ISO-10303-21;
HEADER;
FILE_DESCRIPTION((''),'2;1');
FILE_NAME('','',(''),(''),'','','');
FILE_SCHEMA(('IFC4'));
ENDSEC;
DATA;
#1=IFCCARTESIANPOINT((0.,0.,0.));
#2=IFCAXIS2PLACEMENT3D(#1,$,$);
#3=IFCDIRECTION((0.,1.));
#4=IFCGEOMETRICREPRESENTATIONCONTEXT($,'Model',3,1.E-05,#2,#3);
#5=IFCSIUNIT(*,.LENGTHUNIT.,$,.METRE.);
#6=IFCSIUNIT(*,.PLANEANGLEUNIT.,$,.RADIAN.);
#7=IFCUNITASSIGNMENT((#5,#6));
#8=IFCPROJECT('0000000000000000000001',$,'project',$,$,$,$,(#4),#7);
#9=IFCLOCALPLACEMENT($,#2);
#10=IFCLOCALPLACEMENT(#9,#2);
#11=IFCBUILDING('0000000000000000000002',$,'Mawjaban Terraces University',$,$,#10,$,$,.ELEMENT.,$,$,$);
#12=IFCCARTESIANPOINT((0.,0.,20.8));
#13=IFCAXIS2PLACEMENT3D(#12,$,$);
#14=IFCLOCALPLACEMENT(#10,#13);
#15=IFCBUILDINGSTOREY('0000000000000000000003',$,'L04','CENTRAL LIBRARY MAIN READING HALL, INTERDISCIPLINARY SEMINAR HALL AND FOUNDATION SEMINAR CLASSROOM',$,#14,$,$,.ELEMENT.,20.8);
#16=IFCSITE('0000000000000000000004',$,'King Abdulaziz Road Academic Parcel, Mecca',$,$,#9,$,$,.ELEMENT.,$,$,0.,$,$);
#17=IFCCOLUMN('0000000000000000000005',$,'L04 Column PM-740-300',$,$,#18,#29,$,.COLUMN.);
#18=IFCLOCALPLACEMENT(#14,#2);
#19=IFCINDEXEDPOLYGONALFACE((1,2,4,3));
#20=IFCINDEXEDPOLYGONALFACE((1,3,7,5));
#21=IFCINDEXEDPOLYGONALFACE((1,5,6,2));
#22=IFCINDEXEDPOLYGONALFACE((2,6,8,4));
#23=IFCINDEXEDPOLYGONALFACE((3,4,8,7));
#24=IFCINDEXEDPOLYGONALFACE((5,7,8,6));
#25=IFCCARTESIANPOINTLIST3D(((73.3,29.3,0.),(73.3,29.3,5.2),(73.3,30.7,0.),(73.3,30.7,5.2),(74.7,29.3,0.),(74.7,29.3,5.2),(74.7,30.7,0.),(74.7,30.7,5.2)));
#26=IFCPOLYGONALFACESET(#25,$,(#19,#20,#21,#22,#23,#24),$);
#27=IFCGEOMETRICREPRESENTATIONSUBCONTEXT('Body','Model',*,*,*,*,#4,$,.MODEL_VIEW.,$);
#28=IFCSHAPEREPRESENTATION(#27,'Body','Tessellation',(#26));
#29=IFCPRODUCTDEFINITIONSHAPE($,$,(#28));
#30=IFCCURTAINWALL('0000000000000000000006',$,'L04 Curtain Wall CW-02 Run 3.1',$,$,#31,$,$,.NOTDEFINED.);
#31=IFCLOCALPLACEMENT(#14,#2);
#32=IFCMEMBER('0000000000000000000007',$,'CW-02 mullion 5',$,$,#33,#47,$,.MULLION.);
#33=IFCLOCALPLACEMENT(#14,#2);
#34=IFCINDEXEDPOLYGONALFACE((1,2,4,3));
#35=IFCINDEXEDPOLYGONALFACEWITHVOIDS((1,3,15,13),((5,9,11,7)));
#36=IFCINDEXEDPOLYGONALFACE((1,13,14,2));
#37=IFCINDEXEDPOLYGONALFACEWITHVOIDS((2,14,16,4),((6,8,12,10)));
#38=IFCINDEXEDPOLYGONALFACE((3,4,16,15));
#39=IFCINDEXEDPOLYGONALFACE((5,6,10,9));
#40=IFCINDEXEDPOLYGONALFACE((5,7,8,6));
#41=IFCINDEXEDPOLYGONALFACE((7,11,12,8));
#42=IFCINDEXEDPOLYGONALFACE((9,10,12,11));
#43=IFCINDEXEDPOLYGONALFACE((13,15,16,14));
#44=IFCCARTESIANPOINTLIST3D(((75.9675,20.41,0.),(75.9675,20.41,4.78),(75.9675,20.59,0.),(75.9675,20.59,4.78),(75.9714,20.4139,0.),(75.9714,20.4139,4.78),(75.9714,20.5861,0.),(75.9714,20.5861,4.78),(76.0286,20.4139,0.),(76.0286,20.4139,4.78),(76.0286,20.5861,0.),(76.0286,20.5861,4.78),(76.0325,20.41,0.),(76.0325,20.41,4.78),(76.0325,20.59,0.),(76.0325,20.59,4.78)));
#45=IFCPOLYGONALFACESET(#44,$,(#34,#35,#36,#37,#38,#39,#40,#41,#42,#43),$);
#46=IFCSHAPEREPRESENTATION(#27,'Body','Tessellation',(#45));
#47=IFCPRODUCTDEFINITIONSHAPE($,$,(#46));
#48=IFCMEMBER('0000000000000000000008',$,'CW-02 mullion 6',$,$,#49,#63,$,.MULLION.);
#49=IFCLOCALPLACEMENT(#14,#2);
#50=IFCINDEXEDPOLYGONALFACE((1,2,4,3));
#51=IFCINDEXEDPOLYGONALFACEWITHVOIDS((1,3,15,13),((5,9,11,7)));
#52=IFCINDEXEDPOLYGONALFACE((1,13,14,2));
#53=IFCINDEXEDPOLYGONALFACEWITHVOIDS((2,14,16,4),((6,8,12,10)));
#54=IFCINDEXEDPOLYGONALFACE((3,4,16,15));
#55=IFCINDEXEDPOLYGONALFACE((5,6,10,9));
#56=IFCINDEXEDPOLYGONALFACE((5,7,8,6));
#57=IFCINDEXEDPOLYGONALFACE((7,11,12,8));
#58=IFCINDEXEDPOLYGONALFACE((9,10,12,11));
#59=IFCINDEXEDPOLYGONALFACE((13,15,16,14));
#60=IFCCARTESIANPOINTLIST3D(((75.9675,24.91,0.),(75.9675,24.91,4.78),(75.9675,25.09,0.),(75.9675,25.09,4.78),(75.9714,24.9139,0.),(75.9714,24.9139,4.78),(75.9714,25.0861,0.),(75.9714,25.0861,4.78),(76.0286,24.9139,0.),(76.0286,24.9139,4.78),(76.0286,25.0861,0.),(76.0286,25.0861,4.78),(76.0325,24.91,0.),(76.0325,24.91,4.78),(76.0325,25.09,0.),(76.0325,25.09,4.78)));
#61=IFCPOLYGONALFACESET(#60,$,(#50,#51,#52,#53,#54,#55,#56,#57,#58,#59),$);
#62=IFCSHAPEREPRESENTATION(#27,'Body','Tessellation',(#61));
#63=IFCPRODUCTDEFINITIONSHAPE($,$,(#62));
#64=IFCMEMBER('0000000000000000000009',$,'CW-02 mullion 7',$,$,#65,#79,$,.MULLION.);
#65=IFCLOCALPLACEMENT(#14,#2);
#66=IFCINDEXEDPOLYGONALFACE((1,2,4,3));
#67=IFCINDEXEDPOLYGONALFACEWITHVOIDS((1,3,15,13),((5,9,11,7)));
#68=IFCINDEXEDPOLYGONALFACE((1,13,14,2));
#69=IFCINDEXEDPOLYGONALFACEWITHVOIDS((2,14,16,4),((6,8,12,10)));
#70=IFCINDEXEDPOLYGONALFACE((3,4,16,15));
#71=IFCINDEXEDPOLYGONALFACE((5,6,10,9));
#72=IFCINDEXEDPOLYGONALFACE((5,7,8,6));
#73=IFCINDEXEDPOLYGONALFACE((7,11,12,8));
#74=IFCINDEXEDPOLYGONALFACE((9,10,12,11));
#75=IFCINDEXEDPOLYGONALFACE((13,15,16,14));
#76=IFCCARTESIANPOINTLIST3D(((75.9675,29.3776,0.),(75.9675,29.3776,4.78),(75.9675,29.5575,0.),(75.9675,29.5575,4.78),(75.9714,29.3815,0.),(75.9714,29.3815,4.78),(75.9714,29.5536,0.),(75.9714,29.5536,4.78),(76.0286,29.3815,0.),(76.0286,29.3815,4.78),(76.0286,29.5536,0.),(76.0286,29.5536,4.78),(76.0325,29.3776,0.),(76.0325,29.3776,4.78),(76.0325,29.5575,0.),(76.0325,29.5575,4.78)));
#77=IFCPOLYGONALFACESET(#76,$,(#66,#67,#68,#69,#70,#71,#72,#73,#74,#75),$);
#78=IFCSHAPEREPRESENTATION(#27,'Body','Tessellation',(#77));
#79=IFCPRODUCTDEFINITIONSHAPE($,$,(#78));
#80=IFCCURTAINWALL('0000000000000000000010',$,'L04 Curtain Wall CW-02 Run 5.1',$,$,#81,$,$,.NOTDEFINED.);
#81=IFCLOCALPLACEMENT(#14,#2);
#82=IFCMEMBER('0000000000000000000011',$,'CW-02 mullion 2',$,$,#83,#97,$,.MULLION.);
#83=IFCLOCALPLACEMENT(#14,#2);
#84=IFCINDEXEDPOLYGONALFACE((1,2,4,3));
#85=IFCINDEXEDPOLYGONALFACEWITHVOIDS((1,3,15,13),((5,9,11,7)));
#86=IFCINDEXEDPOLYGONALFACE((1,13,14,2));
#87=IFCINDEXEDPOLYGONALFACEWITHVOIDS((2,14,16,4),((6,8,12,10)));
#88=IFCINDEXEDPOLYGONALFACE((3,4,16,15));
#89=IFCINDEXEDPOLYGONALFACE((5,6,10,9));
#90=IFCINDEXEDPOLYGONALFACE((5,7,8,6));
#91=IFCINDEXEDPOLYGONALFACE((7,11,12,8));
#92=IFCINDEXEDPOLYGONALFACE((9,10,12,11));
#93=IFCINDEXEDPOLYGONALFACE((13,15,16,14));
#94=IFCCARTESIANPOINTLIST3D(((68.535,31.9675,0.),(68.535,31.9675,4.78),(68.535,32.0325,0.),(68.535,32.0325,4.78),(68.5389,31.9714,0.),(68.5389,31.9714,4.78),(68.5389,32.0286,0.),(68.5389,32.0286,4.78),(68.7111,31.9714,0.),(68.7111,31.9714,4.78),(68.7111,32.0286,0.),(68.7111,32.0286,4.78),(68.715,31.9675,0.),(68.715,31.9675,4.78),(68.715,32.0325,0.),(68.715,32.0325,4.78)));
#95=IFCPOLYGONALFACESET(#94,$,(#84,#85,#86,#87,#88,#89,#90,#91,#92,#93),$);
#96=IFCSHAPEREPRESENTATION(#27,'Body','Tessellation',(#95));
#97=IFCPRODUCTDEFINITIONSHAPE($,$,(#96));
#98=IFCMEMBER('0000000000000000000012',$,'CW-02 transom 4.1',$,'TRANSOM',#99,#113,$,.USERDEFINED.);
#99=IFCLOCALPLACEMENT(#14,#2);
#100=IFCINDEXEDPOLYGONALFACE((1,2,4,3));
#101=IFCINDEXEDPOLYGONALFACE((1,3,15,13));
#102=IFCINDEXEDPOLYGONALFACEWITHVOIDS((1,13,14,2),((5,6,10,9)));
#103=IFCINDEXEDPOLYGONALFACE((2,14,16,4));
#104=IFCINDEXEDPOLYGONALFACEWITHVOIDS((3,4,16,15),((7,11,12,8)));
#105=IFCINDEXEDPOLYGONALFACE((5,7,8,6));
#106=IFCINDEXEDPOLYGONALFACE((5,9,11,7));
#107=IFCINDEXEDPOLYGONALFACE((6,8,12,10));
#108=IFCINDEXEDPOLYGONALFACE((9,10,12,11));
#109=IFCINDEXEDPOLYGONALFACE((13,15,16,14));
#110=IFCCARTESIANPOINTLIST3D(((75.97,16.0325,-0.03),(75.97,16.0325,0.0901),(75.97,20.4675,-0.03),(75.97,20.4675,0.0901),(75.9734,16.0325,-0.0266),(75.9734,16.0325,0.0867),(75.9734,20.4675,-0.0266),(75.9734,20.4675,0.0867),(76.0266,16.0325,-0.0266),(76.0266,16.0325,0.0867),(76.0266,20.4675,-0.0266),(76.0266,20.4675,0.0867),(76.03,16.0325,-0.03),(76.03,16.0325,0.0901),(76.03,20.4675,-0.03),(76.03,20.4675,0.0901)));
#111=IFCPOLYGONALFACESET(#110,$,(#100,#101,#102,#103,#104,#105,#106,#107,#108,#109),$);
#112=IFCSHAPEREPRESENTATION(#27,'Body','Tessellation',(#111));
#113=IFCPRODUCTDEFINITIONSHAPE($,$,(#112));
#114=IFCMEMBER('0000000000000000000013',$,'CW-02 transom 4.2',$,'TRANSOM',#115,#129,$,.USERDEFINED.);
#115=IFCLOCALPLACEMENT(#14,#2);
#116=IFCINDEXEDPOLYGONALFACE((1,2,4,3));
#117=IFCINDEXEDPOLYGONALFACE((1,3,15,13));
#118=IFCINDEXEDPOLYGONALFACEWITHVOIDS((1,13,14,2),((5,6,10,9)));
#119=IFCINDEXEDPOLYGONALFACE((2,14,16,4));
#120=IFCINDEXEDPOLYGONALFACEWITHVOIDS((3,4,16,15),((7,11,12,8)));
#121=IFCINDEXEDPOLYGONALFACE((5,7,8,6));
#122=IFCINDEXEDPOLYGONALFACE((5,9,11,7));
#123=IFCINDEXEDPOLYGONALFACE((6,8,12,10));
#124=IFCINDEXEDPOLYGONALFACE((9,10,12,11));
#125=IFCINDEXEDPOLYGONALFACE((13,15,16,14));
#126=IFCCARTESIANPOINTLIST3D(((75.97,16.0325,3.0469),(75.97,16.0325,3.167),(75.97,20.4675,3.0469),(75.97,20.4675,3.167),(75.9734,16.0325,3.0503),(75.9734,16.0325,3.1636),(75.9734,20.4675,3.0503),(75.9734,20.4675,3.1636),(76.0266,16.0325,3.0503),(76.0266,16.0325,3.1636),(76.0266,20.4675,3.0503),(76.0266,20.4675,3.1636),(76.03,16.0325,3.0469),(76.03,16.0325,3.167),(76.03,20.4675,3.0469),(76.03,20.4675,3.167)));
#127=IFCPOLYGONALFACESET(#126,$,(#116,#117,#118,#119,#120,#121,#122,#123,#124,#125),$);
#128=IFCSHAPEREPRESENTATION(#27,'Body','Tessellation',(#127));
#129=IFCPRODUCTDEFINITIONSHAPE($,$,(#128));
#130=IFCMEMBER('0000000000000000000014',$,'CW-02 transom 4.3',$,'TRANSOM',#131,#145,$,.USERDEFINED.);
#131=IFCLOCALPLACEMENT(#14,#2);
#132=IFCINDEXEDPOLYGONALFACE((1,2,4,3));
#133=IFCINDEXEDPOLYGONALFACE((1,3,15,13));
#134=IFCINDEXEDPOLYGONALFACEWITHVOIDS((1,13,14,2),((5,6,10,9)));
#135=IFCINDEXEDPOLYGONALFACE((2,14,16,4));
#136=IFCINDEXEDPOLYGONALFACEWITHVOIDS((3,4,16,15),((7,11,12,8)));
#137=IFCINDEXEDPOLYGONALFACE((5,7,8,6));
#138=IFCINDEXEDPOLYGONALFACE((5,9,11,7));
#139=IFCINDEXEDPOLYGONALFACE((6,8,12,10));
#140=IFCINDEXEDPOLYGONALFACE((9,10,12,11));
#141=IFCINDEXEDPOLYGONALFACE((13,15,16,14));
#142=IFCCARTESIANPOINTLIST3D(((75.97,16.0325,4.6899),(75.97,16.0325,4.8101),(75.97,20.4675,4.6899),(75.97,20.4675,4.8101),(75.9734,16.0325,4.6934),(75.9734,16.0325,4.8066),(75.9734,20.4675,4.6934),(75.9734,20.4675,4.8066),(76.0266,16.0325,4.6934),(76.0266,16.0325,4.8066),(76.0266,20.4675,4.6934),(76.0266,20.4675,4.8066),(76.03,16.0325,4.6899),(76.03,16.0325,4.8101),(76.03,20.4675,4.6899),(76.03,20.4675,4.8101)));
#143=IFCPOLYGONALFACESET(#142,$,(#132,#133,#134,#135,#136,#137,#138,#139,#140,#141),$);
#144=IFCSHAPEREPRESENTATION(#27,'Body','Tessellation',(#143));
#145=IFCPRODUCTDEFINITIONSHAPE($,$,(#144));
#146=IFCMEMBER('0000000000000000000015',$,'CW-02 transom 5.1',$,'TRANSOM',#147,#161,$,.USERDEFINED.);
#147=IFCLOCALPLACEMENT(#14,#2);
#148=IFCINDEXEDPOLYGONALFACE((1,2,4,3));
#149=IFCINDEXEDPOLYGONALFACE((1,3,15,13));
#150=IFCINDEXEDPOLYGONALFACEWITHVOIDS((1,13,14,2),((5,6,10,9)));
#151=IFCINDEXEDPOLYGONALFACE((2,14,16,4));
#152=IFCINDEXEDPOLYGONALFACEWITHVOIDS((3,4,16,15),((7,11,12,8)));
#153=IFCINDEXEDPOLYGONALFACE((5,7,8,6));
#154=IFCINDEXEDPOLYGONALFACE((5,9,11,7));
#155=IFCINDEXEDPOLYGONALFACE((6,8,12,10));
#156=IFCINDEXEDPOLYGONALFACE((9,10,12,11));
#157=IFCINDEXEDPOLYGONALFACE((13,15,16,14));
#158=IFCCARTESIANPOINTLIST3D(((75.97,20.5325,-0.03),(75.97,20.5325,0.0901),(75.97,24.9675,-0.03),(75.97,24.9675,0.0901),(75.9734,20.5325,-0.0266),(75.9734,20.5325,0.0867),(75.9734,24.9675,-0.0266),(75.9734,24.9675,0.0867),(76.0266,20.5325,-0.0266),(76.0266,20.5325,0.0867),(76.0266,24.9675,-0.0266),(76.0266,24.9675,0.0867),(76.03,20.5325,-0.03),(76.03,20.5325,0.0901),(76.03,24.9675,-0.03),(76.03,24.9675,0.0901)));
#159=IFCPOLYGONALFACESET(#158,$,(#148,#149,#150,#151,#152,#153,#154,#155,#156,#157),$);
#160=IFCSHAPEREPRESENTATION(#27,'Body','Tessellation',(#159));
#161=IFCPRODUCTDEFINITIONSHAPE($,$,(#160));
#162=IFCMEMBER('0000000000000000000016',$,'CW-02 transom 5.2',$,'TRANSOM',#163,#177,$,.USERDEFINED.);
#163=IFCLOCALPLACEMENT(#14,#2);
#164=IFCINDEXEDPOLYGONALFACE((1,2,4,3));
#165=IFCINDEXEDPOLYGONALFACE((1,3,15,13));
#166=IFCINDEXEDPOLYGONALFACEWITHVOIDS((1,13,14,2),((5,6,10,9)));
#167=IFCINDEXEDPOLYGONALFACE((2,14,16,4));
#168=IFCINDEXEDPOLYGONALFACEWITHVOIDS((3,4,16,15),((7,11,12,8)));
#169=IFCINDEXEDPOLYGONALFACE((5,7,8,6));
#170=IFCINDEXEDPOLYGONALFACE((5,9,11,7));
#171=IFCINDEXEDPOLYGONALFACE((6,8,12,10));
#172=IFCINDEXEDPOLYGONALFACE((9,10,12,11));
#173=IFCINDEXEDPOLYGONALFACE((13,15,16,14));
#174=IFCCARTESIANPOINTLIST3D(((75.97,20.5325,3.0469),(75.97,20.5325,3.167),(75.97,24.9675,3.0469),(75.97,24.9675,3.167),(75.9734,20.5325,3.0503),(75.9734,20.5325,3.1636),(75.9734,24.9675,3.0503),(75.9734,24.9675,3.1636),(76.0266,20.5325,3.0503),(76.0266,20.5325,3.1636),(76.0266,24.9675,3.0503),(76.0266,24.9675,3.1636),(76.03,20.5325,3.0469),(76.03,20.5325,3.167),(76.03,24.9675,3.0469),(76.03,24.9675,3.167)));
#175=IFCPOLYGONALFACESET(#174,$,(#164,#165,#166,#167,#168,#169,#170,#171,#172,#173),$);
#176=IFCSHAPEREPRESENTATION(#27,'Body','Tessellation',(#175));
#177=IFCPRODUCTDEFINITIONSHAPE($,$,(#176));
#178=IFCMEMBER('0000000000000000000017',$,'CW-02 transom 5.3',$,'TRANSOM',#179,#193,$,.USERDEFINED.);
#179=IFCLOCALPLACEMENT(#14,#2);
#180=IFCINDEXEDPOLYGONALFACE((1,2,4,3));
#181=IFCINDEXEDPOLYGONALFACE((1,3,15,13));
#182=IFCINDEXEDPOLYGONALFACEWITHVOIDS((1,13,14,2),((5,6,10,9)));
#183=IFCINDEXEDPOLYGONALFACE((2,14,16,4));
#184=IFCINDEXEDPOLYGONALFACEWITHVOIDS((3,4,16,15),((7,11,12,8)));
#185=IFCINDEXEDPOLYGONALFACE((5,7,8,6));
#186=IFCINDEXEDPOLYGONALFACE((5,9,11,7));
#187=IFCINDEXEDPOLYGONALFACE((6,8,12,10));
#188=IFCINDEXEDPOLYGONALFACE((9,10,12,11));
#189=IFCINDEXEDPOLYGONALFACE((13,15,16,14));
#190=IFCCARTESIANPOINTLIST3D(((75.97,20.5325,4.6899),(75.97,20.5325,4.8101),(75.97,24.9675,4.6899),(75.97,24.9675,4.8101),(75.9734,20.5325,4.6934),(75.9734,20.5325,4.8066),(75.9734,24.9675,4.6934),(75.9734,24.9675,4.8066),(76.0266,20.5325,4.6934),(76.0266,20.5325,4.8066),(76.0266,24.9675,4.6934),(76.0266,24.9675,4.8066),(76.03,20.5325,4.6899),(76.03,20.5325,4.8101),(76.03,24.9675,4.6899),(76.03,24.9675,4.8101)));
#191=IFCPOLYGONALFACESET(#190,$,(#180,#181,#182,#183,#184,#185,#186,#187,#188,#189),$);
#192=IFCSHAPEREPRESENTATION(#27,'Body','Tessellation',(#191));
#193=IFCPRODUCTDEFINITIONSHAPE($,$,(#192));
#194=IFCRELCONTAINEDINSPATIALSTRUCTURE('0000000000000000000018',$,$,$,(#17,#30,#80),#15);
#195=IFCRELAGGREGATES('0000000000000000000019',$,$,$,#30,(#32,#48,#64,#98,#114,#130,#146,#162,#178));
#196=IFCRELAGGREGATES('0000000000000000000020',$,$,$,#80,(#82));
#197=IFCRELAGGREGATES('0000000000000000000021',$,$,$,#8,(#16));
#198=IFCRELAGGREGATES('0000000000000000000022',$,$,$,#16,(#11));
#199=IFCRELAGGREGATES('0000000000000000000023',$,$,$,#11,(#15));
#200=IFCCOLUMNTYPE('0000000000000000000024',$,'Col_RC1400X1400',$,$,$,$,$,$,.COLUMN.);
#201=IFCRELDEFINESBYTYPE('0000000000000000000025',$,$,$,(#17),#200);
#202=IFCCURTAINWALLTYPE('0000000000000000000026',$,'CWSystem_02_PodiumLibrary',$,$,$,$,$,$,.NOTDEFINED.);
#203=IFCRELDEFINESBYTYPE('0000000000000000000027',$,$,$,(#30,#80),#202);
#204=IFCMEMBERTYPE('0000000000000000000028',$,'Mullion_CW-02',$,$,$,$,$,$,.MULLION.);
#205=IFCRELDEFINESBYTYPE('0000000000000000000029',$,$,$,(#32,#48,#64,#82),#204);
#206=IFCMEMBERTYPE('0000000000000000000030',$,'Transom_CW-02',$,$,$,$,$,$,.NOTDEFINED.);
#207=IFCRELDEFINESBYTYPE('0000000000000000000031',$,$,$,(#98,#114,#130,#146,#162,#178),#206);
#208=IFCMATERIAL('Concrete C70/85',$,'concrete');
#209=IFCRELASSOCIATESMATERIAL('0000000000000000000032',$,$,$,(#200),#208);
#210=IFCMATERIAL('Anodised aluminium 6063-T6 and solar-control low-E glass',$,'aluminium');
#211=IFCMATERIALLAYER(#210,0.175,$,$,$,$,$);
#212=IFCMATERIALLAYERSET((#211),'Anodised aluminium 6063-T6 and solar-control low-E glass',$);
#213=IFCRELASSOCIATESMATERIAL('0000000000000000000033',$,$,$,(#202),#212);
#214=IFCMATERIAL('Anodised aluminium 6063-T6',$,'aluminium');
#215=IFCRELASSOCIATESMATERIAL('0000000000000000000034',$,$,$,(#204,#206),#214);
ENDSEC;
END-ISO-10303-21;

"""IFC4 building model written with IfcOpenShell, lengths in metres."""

from ifc_helpers import new_model, si_unit, direction, frame, origin, origin_2d, place, context, subcontext, project, spatial, rectangle, hollow_rectangle, extrude, material, layer, layer_set, material_profile, profile_set, type_object, element, aggregate, save


model = new_model("IFC4")

# Units and contexts
model_context = context("Model", 3, precision=1e-05, world=origin(), true_north=direction((0.0, 1.0)))
body_context = subcontext(model_context, "Body", "Model", "MODEL_VIEW")
ifc_project = project(units=[si_unit("LENGTHUNIT", "METRE"), si_unit("PLANEANGLEUNIT", "RADIAN")], contexts=[model_context])

# Site, building, storey
site_placement = place(None, origin())
site = spatial("IfcSite", under=ifc_project, at=site_placement, Name="King Abdulaziz Road Academic Parcel, Mecca", CompositionType="ELEMENT", RefElevation=0.0)
building_placement = place(site_placement, origin())
building = spatial("IfcBuilding", under=site, at=building_placement, Name="Mawjaban Terraces University", CompositionType="ELEMENT")
storey_placement = place(building_placement, frame((0.0, 0.0, 20.8)))
storey = spatial("IfcBuildingStorey", under=building, at=storey_placement, Name="L04", Description="CENTRAL LIBRARY MAIN READING HALL, INTERDISCIPLINARY SEMINAR HALL AND FOUNDATION SEMINAR CLASSROOM", CompositionType="ELEMENT", Elevation=20.8)

# Column
ifc_material_1 = material(Name="Concrete C70/85", Category="concrete")
ifc_material_profile_1 = material_profile(ifc_material_1, rectangle(XDim=1.3999, YDim=1.3999, at=origin_2d()), Name="RC1400X1400")
ifc_profile_set_1 = profile_set([ifc_material_profile_1], Name="Concrete C70/85")
column_type = type_object("IfcColumnType", Name="Col_RC1400X1400", PredefinedType="COLUMN", material=ifc_profile_set_1)
column_placement = place(storey_placement, frame((74.0, 30.0, 0.0), z_axis=(0.0, 0.0, 1.0), x_axis=(1.0, 0.0, 0.0)))
element("IfcColumn", 1, at=column_placement, inside=storey, type_object=column_type, Name="L04 Column PM-740-300", PredefinedType="COLUMN", context=body_context, shape_type="SweptSolid", body=[
    extrude(rectangle(XDim=1.3999, YDim=1.3999, at=origin_2d()), origin(), (0.0, 0.0, 1.0), 5.2),
])

# Curtain wall, members
ifc_material_2 = material(Name="Anodised aluminium 6063-T6 and solar-control low-E glass", Category="aluminium")
ifc_layer_1 = layer(ifc_material_2, 0.175)
ifc_layer_set_1 = layer_set([ifc_layer_1], Name="Anodised aluminium 6063-T6 and solar-control low-E glass")
curtain_wall_type = type_object("IfcCurtainWallType", Name="CWSystem_02_PodiumLibrary", PredefinedType="NOTDEFINED", material=ifc_layer_set_1)
curtain_wall_1_placement = place(storey_placement, origin())
curtain_wall_1 = element("IfcCurtainWall", 2, at=curtain_wall_1_placement, inside=storey, type_object=curtain_wall_type, Name="L04 Curtain Wall CW-02 Run 3.1", PredefinedType="NOTDEFINED")
ifc_material_3 = material(Name="Anodised aluminium 6063-T6", Category="aluminium")
ifc_material_profile_2 = material_profile(ifc_material_3, hollow_rectangle(XDim=0.0649, YDim=0.1799, WallThickness=0.0039, at=origin_2d()), Name="ALU180X65X4")
ifc_profile_set_2 = profile_set([ifc_material_profile_2], Name="Anodised aluminium 6063-T6")
member_type_1 = type_object("IfcMemberType", Name="Mullion_CW-02", PredefinedType="MULLION", material=ifc_profile_set_2)
member_1_placement = place(storey_placement, frame((76.0, 20.5, 0.0), z_axis=(0.0, 0.0, 1.0), x_axis=(-1.0, 0.0, 0.0)))
member_1 = element("IfcMember", 3, at=member_1_placement, type_object=member_type_1, Name="CW-02 mullion 5", PredefinedType="MULLION", context=body_context, shape_type="SweptSolid", body=[
    extrude(hollow_rectangle(XDim=0.0649, YDim=0.1799, WallThickness=0.0039, at=origin_2d()), origin(), (0.0, 0.0, 1.0), 4.78),
])
member_2_placement = place(storey_placement, frame((76.0, 25.0, 0.0), z_axis=(0.0, 0.0, 1.0), x_axis=(-1.0, 0.0, 0.0)))
member_2 = element("IfcMember", 4, at=member_2_placement, type_object=member_type_1, Name="CW-02 mullion 6", PredefinedType="MULLION", context=body_context, shape_type="SweptSolid", body=[
    extrude(hollow_rectangle(XDim=0.0649, YDim=0.1799, WallThickness=0.0039, at=origin_2d()), origin(), (0.0, 0.0, 1.0), 4.78),
])
member_3_placement = place(storey_placement, frame((76.0, 29.4675, 0.0), z_axis=(0.0, 0.0, 1.0), x_axis=(-1.0, 0.0, 0.0)))
member_3 = element("IfcMember", 5, at=member_3_placement, type_object=member_type_1, Name="CW-02 mullion 7", PredefinedType="MULLION", context=body_context, shape_type="SweptSolid", body=[
    extrude(hollow_rectangle(XDim=0.0649, YDim=0.1799, WallThickness=0.0039, at=origin_2d()), origin(), (0.0, 0.0, 1.0), 4.78),
])

# Curtain wall, member
curtain_wall_2_placement = place(storey_placement, origin())
curtain_wall_2 = element("IfcCurtainWall", 6, at=curtain_wall_2_placement, inside=storey, type_object=curtain_wall_type, Name="L04 Curtain Wall CW-02 Run 5.1", PredefinedType="NOTDEFINED")
member_4_placement = place(storey_placement, frame((68.625, 32.0, 0.0), z_axis=(0.0, 0.0, 1.0), x_axis=(0.0, -1.0, 0.0)))
member_4 = element("IfcMember", 7, at=member_4_placement, type_object=member_type_1, Name="CW-02 mullion 2", PredefinedType="MULLION", context=body_context, shape_type="SweptSolid", body=[
    extrude(hollow_rectangle(XDim=0.0649, YDim=0.1799, WallThickness=0.0039, at=origin_2d()), origin(), (0.0, 0.0, 1.0), 4.78),
])

# Members
ifc_material_profile_3 = material_profile(ifc_material_3, hollow_rectangle(XDim=0.0601, YDim=0.1201, WallThickness=0.0034, at=origin_2d()), Name="ALU120X60X3.5")
ifc_profile_set_3 = profile_set([ifc_material_profile_3], Name="Anodised aluminium 6063-T6")
member_type_2 = type_object("IfcMemberType", Name="Transom_CW-02", PredefinedType="NOTDEFINED", material=ifc_profile_set_3)
member_5_placement = place(storey_placement, frame((76.0, 16.0325, 0.03), z_axis=(0.0, 1.0, 0.0), x_axis=(-1.0, 0.0, 0.0)))
member_5 = element("IfcMember", 8, at=member_5_placement, type_object=member_type_2, Name="CW-02 transom 4.1", ObjectType="TRANSOM", PredefinedType="USERDEFINED", context=body_context, shape_type="SweptSolid", body=[
    extrude(hollow_rectangle(XDim=0.0601, YDim=0.1201, WallThickness=0.0034, at=origin_2d()), origin(), (0.0, 0.0, 1.0), 4.4351),
])
member_6_placement = place(storey_placement, frame((76.0, 16.0325, 3.1069), z_axis=(0.0, 1.0, 0.0), x_axis=(-1.0, 0.0, 0.0)))
member_6 = element("IfcMember", 9, at=member_6_placement, type_object=member_type_2, Name="CW-02 transom 4.2", ObjectType="TRANSOM", PredefinedType="USERDEFINED", context=body_context, shape_type="SweptSolid", body=[
    extrude(hollow_rectangle(XDim=0.0601, YDim=0.1201, WallThickness=0.0034, at=origin_2d()), origin(), (0.0, 0.0, 1.0), 4.4351),
])
member_7_placement = place(storey_placement, frame((76.0, 16.0325, 4.75), z_axis=(0.0, 1.0, 0.0), x_axis=(-1.0, 0.0, 0.0)))
member_7 = element("IfcMember", 10, at=member_7_placement, type_object=member_type_2, Name="CW-02 transom 4.3", ObjectType="TRANSOM", PredefinedType="USERDEFINED", context=body_context, shape_type="SweptSolid", body=[
    extrude(hollow_rectangle(XDim=0.0601, YDim=0.1201, WallThickness=0.0034, at=origin_2d()), origin(), (0.0, 0.0, 1.0), 4.4351),
])
member_8_placement = place(storey_placement, frame((76.0, 20.5325, 0.03), z_axis=(0.0, 1.0, 0.0), x_axis=(-1.0, 0.0, 0.0)))
member_8 = element("IfcMember", 11, at=member_8_placement, type_object=member_type_2, Name="CW-02 transom 5.1", ObjectType="TRANSOM", PredefinedType="USERDEFINED", context=body_context, shape_type="SweptSolid", body=[
    extrude(hollow_rectangle(XDim=0.0601, YDim=0.1201, WallThickness=0.0034, at=origin_2d()), origin(), (0.0, 0.0, 1.0), 4.4351),
])
member_9_placement = place(storey_placement, frame((76.0, 20.5325, 3.1069), z_axis=(0.0, 1.0, 0.0), x_axis=(-1.0, 0.0, 0.0)))
member_9 = element("IfcMember", 12, at=member_9_placement, type_object=member_type_2, Name="CW-02 transom 5.2", ObjectType="TRANSOM", PredefinedType="USERDEFINED", context=body_context, shape_type="SweptSolid", body=[
    extrude(hollow_rectangle(XDim=0.0601, YDim=0.1201, WallThickness=0.0034, at=origin_2d()), origin(), (0.0, 0.0, 1.0), 4.4351),
])
member_10_placement = place(storey_placement, frame((76.0, 20.5325, 4.75), z_axis=(0.0, 1.0, 0.0), x_axis=(-1.0, 0.0, 0.0)))
member_10 = element("IfcMember", 13, at=member_10_placement, type_object=member_type_2, Name="CW-02 transom 5.3", ObjectType="TRANSOM", PredefinedType="USERDEFINED", context=body_context, shape_type="SweptSolid", body=[
    extrude(hollow_rectangle(XDim=0.0601, YDim=0.1201, WallThickness=0.0034, at=origin_2d()), origin(), (0.0, 0.0, 1.0), 4.4351),
])

aggregate(curtain_wall_1, [member_1, member_2, member_3, member_5, member_6, member_7, member_8, member_9, member_10])
aggregate(curtain_wall_2, [member_4])

save(model, "model.ifc")
